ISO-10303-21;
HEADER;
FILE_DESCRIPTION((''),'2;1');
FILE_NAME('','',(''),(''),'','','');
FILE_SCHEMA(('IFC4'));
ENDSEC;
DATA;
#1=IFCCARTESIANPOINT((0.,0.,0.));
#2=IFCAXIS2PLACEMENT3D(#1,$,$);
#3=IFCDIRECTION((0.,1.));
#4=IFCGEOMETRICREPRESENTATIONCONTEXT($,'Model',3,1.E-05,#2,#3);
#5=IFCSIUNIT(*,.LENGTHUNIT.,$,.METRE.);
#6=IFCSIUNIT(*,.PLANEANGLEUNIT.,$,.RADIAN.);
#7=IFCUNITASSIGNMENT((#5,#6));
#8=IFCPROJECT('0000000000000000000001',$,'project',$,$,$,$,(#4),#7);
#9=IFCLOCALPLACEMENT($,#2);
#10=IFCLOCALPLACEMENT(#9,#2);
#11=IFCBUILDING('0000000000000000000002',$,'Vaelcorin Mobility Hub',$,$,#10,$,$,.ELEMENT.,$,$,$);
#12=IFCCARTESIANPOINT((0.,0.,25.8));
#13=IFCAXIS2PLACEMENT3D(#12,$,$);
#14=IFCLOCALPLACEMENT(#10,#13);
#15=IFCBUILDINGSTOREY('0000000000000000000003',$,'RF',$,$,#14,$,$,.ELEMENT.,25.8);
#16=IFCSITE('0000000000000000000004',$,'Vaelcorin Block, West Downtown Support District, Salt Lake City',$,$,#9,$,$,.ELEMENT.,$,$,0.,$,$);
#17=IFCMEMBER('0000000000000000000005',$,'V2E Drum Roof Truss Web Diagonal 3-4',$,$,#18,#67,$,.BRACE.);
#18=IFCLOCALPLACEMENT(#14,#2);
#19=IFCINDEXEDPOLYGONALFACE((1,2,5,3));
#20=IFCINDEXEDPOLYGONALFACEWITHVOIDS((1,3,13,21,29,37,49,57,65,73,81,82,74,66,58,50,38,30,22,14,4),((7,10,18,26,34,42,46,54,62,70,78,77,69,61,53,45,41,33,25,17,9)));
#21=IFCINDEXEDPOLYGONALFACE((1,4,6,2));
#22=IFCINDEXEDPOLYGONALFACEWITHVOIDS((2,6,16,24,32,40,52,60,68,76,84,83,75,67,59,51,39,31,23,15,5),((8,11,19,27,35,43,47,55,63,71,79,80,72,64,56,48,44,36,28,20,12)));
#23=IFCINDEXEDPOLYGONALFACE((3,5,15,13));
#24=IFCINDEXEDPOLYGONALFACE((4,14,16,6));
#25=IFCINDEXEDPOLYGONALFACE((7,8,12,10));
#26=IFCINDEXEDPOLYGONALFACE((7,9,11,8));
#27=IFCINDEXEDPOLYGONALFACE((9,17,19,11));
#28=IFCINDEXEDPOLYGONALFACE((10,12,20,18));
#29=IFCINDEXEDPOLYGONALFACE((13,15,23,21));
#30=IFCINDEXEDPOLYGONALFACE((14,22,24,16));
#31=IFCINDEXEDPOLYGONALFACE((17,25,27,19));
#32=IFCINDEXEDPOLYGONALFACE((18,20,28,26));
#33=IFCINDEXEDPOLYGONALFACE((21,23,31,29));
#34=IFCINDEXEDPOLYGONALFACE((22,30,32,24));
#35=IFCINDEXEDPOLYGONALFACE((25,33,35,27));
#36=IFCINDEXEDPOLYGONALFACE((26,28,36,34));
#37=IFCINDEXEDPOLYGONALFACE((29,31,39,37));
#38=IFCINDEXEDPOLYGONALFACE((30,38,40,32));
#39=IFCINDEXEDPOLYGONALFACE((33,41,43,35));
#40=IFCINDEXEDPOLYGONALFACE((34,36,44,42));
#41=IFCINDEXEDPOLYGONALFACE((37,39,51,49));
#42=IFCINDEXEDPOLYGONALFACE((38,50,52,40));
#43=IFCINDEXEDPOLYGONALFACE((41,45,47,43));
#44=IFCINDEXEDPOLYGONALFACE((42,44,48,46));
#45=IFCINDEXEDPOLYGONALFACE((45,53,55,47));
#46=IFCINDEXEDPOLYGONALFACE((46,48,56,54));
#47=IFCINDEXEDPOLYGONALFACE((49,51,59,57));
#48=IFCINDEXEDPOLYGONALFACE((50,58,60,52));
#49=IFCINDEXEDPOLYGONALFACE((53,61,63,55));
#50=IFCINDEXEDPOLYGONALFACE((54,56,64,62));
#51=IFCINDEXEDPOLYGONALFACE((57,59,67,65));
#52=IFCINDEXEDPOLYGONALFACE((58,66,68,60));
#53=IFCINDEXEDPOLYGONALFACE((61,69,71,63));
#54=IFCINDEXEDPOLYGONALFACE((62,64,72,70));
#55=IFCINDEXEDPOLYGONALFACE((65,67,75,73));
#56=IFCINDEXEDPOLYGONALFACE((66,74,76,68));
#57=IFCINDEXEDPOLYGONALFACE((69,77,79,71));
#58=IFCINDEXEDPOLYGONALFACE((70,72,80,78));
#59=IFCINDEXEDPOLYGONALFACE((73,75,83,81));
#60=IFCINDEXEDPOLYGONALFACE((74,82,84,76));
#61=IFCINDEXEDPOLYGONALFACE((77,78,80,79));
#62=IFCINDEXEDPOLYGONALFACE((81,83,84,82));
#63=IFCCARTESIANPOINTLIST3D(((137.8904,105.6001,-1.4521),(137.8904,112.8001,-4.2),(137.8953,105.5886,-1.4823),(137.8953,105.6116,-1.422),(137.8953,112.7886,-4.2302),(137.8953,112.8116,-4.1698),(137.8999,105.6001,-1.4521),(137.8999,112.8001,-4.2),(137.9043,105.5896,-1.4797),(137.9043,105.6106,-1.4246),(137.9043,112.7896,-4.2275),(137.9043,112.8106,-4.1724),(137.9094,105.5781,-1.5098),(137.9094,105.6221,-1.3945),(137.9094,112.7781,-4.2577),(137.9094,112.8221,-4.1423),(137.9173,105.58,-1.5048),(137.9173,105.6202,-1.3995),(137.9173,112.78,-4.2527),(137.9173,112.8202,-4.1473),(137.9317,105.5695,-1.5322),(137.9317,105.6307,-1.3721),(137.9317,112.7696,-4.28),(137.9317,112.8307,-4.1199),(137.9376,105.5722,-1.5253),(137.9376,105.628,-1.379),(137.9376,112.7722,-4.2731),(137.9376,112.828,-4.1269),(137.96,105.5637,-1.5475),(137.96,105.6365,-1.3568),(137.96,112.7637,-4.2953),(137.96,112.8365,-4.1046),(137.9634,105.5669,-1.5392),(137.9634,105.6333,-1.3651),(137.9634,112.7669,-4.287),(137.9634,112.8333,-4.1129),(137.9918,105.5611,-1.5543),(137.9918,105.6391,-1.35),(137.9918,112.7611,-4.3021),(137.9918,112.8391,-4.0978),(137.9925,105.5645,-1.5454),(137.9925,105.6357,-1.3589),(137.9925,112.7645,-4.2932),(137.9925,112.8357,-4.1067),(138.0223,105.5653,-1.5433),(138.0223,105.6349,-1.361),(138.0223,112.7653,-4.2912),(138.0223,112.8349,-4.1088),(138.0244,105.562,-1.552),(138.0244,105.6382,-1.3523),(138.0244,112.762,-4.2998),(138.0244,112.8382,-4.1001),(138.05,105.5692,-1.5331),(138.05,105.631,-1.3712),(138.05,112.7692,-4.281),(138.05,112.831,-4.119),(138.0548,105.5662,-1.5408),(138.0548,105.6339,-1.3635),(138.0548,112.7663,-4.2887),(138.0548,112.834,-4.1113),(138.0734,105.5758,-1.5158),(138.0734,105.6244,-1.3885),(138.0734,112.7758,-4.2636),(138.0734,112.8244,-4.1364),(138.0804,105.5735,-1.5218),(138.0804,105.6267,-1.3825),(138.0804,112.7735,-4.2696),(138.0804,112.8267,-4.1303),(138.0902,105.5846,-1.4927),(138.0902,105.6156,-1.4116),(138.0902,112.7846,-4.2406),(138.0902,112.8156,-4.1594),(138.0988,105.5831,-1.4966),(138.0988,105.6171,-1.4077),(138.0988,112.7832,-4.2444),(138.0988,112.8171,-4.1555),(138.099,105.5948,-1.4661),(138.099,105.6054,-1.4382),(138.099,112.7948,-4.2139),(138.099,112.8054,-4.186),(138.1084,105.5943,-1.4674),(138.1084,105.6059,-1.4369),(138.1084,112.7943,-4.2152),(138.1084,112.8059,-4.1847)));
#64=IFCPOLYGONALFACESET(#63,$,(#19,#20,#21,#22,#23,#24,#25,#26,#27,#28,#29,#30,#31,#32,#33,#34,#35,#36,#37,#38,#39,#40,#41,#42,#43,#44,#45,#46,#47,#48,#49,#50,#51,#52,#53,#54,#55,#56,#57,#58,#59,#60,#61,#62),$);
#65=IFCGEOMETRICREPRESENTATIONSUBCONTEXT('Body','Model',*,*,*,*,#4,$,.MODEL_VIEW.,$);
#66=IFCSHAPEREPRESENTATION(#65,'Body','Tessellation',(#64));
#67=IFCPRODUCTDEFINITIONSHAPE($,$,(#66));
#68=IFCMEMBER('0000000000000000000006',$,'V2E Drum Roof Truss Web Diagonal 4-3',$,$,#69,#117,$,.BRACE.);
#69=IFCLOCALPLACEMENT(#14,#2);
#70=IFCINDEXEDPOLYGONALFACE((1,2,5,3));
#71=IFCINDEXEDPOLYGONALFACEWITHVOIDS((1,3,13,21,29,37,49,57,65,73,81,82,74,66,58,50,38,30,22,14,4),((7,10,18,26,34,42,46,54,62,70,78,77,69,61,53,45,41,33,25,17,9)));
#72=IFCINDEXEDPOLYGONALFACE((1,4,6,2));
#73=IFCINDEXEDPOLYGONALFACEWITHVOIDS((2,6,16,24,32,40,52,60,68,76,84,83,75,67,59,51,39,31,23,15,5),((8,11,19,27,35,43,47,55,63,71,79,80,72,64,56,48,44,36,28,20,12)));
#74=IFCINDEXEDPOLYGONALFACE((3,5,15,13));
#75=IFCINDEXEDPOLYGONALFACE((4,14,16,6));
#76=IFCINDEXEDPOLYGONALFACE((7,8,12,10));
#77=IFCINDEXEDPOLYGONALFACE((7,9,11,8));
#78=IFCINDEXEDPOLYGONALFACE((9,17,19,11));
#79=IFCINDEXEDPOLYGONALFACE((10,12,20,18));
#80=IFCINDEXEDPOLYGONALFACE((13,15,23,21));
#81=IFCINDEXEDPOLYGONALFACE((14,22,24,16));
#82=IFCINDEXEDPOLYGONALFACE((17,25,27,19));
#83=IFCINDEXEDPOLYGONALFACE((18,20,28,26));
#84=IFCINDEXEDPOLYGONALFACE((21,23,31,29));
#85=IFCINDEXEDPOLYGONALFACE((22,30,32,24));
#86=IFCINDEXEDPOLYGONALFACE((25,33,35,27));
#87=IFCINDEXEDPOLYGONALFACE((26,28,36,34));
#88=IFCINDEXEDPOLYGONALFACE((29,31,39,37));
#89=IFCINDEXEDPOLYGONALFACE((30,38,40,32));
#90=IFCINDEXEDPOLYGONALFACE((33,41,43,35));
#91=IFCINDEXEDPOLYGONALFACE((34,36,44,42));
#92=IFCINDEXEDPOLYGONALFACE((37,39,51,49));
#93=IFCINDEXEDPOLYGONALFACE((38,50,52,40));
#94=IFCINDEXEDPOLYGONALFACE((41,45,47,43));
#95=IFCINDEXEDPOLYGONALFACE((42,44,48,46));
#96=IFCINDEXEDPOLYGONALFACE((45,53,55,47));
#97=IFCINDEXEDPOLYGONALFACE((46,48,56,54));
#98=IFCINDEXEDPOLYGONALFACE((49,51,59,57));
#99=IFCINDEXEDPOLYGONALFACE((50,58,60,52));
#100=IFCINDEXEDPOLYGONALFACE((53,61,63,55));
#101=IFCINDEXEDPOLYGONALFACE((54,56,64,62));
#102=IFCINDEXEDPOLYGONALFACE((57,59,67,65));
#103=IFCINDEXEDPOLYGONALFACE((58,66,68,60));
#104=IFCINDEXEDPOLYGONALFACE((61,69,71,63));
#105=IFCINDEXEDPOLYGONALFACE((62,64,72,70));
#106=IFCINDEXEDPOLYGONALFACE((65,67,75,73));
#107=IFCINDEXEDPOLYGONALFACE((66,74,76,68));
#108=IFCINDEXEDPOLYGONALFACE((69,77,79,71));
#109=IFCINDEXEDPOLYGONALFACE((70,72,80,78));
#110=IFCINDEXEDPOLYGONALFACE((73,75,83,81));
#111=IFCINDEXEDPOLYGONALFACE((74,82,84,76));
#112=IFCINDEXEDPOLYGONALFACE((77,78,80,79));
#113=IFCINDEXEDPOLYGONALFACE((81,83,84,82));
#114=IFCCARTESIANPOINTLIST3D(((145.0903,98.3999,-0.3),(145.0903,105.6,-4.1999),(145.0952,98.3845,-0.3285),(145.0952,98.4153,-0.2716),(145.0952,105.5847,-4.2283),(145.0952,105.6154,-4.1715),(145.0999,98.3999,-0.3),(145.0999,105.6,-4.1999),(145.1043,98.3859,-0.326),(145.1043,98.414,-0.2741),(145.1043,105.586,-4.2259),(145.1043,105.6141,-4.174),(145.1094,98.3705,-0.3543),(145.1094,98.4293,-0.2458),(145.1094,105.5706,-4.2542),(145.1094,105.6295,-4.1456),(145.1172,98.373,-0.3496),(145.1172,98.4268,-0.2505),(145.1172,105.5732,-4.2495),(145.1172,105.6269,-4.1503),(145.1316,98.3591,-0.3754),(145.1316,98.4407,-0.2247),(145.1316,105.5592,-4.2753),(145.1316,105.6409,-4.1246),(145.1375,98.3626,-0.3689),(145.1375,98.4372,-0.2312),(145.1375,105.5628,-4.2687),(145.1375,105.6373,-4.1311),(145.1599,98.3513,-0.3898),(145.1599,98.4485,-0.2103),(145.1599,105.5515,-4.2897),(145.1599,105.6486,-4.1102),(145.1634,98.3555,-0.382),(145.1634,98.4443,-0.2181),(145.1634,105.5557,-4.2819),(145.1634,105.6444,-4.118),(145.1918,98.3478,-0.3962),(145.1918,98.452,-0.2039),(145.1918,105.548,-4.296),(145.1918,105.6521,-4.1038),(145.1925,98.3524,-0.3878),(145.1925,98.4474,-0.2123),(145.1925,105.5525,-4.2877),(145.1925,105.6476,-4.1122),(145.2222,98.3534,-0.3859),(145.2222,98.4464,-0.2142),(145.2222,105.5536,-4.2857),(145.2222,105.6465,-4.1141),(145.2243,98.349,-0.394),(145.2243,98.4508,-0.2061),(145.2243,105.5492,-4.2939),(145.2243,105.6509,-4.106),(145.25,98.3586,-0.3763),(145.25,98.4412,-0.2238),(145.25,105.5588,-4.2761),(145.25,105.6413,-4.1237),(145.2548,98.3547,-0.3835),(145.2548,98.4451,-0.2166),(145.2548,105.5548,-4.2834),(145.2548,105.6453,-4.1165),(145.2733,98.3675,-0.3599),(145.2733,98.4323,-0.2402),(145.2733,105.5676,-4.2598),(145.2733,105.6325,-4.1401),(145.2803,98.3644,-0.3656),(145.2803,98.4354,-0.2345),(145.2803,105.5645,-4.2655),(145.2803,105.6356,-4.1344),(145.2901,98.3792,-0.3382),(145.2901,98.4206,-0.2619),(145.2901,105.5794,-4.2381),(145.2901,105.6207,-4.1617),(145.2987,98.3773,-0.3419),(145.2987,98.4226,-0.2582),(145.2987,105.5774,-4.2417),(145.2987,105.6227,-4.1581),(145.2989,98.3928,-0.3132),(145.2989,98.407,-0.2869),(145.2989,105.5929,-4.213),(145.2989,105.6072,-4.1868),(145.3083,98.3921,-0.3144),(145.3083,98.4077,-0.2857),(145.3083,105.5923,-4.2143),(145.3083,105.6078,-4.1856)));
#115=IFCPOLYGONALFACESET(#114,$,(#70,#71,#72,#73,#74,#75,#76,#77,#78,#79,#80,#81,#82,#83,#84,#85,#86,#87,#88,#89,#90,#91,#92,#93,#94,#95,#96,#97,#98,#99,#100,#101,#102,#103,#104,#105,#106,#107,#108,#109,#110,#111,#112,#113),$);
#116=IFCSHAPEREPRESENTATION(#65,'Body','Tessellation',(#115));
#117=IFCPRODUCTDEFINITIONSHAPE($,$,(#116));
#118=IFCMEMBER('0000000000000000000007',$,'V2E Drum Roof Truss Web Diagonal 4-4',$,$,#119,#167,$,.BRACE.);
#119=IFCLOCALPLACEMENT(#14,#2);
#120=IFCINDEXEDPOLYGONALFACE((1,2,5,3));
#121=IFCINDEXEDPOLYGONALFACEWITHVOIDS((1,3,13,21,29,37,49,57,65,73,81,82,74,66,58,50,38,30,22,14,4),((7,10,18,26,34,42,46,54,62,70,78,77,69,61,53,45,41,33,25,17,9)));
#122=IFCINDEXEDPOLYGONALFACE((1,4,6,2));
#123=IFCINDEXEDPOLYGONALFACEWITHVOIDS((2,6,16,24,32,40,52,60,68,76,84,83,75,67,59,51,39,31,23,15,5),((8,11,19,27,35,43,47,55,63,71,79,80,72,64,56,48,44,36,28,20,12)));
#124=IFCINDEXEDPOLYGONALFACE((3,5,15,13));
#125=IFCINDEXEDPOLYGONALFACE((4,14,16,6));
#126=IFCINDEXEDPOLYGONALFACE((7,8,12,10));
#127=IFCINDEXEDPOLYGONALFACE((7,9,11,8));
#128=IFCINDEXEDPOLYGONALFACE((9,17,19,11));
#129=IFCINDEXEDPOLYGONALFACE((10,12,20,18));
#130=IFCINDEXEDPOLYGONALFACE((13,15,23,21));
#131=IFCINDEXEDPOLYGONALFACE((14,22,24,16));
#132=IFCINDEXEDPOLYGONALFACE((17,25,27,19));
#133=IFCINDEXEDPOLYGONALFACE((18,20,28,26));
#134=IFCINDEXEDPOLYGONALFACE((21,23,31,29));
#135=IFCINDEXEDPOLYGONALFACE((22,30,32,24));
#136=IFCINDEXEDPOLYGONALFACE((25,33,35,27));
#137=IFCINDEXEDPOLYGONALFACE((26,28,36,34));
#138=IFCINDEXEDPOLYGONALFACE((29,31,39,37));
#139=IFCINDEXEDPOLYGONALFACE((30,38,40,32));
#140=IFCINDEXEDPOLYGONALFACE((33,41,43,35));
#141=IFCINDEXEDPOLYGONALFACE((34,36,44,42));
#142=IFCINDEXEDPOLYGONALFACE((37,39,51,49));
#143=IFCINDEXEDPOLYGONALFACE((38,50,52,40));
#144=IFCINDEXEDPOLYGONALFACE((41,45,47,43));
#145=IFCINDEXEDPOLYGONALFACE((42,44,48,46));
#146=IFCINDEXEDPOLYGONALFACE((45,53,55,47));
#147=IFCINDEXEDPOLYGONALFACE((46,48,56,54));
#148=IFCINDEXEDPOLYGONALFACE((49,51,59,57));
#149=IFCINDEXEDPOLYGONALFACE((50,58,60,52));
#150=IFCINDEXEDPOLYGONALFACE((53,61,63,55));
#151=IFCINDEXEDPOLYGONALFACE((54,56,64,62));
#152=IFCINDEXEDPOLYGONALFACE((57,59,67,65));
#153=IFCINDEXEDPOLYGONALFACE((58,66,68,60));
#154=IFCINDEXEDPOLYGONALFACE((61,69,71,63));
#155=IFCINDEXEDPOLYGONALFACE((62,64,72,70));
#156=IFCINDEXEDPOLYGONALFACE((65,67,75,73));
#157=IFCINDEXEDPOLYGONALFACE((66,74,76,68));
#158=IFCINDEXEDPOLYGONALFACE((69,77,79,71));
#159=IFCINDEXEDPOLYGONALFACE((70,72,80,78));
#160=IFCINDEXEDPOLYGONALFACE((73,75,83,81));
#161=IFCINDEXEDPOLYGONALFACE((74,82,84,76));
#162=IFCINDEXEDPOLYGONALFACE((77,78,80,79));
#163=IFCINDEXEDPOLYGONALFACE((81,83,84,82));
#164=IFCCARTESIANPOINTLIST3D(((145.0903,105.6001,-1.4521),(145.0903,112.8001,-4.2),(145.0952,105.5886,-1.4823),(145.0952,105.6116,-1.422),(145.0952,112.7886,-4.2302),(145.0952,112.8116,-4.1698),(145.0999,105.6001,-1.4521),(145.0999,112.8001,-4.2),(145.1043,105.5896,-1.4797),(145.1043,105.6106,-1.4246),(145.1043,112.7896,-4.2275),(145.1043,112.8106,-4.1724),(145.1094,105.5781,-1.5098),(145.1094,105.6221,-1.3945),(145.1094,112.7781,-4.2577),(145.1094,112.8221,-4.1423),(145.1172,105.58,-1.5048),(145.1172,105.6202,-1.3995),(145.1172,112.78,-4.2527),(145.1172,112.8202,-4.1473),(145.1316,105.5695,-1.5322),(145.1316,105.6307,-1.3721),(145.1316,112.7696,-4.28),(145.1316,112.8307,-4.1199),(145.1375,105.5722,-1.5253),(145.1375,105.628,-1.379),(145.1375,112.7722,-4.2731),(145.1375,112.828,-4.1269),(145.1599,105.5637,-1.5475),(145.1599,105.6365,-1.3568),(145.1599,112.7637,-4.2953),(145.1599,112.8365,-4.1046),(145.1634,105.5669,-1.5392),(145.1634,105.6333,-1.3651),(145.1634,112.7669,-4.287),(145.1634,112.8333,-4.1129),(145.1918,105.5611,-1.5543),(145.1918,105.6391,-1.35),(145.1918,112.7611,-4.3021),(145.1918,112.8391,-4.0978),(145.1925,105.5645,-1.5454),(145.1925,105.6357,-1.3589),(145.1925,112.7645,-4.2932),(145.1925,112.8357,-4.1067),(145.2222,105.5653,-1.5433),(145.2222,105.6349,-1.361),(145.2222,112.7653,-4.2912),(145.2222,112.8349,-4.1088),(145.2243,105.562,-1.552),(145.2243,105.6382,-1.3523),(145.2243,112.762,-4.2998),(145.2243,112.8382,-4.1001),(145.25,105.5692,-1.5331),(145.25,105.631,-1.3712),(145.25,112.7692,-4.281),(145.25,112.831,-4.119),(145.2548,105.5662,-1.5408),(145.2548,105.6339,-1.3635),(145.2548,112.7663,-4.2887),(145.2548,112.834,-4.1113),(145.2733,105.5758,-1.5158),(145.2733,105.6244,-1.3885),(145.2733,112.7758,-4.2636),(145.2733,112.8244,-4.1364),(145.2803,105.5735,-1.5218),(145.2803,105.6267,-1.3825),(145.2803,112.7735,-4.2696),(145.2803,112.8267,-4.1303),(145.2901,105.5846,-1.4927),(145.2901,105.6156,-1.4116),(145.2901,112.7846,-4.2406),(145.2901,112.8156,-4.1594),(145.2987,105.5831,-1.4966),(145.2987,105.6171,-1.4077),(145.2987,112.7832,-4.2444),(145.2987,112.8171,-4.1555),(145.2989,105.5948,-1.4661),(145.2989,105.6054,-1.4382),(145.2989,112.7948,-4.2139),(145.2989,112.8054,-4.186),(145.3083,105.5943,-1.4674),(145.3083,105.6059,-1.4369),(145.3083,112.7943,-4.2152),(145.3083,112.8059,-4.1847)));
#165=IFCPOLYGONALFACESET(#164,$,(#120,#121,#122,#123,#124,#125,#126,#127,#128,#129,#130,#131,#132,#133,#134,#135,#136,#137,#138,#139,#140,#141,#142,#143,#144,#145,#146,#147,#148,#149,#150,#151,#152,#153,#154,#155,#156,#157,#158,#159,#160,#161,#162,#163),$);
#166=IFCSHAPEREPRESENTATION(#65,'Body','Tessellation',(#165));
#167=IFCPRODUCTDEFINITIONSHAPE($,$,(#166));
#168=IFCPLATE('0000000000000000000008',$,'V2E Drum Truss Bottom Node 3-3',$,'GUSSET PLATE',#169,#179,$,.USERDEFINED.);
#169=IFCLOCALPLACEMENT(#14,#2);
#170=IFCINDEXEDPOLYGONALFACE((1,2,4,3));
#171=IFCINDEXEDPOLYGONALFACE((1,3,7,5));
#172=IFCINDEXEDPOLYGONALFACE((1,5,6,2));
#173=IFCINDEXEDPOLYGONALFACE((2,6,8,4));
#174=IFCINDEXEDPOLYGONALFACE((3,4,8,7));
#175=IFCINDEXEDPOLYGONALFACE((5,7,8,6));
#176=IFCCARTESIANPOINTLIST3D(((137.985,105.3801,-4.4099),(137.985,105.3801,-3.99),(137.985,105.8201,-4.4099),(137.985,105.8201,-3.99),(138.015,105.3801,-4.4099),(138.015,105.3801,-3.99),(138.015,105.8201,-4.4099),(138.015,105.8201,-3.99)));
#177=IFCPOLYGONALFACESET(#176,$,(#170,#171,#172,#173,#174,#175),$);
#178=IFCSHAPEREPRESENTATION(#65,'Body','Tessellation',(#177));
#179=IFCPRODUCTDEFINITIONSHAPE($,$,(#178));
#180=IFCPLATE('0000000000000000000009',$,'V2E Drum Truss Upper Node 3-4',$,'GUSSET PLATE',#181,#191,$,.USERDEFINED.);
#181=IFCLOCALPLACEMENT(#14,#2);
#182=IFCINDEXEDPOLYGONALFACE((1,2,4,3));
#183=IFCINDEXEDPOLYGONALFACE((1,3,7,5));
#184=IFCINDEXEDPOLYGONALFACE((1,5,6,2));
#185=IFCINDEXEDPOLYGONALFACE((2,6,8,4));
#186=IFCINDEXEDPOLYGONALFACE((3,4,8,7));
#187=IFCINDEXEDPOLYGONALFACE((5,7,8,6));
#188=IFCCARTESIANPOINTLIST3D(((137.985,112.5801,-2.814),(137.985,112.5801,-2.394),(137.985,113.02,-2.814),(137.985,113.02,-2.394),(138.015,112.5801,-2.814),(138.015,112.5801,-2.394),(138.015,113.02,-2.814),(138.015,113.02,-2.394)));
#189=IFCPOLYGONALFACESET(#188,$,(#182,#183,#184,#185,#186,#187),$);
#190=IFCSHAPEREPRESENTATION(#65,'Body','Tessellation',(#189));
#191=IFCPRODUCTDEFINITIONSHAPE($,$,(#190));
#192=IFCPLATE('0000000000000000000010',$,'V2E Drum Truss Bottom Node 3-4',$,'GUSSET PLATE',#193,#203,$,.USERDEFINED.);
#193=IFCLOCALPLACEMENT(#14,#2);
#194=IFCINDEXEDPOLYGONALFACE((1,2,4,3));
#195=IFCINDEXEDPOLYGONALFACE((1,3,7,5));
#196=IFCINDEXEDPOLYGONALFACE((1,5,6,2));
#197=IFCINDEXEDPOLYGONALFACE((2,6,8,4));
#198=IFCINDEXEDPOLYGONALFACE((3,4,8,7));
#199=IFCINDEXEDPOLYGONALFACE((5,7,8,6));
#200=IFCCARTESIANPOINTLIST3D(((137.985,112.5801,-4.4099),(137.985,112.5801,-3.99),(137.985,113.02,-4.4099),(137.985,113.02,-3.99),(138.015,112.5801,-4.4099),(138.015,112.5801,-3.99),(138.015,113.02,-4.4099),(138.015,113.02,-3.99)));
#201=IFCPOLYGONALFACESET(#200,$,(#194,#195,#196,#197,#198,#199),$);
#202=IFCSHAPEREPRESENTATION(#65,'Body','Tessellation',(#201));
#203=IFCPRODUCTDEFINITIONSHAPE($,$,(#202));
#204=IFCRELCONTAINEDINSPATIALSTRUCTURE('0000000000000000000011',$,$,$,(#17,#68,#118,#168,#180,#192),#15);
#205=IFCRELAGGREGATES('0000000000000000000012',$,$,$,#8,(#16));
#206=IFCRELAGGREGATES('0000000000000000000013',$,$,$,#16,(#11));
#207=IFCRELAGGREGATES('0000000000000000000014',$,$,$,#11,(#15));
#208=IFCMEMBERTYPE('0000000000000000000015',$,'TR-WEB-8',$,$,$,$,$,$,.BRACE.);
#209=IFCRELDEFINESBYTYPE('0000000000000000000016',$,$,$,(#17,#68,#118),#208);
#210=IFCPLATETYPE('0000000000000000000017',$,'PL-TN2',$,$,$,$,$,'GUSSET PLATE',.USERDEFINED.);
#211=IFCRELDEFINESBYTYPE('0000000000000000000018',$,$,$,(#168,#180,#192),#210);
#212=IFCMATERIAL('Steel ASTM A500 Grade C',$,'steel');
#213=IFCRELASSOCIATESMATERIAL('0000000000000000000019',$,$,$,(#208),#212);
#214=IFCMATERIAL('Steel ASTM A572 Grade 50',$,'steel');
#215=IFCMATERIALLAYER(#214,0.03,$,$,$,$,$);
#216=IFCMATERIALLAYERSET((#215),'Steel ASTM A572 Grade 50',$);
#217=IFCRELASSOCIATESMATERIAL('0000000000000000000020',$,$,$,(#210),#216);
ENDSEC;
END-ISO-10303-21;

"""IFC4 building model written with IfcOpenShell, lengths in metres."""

from ifc_helpers import new_model, si_unit, direction, frame, origin, origin_2d, place, context, subcontext, project, spatial, rectangle, hollow_circle, extrude, material, layer, layer_set, material_profile, profile_set, type_object, element, save


model = new_model("IFC4")

# Units and contexts
model_context = context("Model", 3, precision=1e-05, world=origin(), true_north=direction((0.0, 1.0)))
body_context = subcontext(model_context, "Body", "Model", "MODEL_VIEW")
ifc_project = project(units=[si_unit("LENGTHUNIT", "METRE"), si_unit("PLANEANGLEUNIT", "RADIAN")], contexts=[model_context])

# Site, building, storey
site_placement = place(None, origin())
site = spatial("IfcSite", under=ifc_project, at=site_placement, Name="Vaelcorin Block, West Downtown Support District, Salt Lake City", CompositionType="ELEMENT", RefElevation=0.0)
building_placement = place(site_placement, origin())
building = spatial("IfcBuilding", under=site, at=building_placement, Name="Vaelcorin Mobility Hub", CompositionType="ELEMENT")
storey_placement = place(building_placement, frame((0.0, 0.0, 25.8)))
storey = spatial("IfcBuildingStorey", under=building, at=storey_placement, Name="RF", CompositionType="ELEMENT", Elevation=25.8)

# Shared definitions
ifc_material_1 = material(Name="Steel ASTM A500 Grade C", Category="steel")

# Members
ifc_material_profile_1 = material_profile(ifc_material_1, hollow_circle(Radius=0.1096, WallThickness=0.0095, at=origin_2d()), Name="HSS8.625X0.375")
ifc_profile_set_1 = profile_set([ifc_material_profile_1], Name="Steel ASTM A500 Grade C")
member_type_1 = type_object("IfcMemberType", Name="TR-WEB-8", PredefinedType="BRACE", material=ifc_profile_set_1)
member_1_placement = place(storey_placement, frame((138.0, 105.6001, -1.4521), z_axis=(0.0, 0.934273, -0.356558), x_axis=(-1.0, 0.0, 0.0)))
element("IfcMember", 1, at=member_1_placement, inside=storey, type_object=member_type_1, Name="V2E Drum Roof Truss Web Diagonal 3-4", PredefinedType="BRACE", context=body_context, shape_type="SweptSolid", body=[
    extrude(hollow_circle(Radius=0.1096, WallThickness=0.0095, at=origin_2d()), origin(), (0.0, 0.0, 1.0), 7.7065),
])
member_2_placement = place(storey_placement, frame((145.2, 98.3999, -0.3), z_axis=(0.0, 0.879302, -0.476264), x_axis=(-1.0, 0.0, 0.0)))
element("IfcMember", 2, at=member_2_placement, inside=storey, type_object=member_type_1, Name="V2E Drum Roof Truss Web Diagonal 4-3", PredefinedType="BRACE", context=body_context, shape_type="SweptSolid", body=[
    extrude(hollow_circle(Radius=0.1096, WallThickness=0.0095, at=origin_2d()), origin(), (0.0, 0.0, 1.0), 8.1885),
])
member_3_placement = place(storey_placement, frame((145.2, 105.6001, -1.4521), z_axis=(0.0, 0.934273, -0.356558), x_axis=(-1.0, 0.0, 0.0)))
element("IfcMember", 3, at=member_3_placement, inside=storey, type_object=member_type_1, Name="V2E Drum Roof Truss Web Diagonal 4-4", PredefinedType="BRACE", context=body_context, shape_type="SweptSolid", body=[
    extrude(hollow_circle(Radius=0.1096, WallThickness=0.0095, at=origin_2d()), origin(), (0.0, 0.0, 1.0), 7.7065),
])

# Plates
ifc_material_2 = material(Name="Steel ASTM A572 Grade 50", Category="steel")
ifc_layer_1 = layer(ifc_material_2, 0.03)
ifc_layer_set_1 = layer_set([ifc_layer_1], Name="Steel ASTM A572 Grade 50")
plate_type = type_object("IfcPlateType", Name="PL-TN2", ElementType="GUSSET PLATE", PredefinedType="USERDEFINED", material=ifc_layer_set_1)
for number, where, z_axis, x_axis, name in (
    (4, (138.0, 105.6001, -4.4099), (0.0, 0.0, 1.0), (1.0, 0.0, 0.0), "V2E Drum Truss Bottom Node 3-3"),
    (5, (138.0, 112.8, -2.814), (0.0, 0.0, 1.0), (1.0, 0.0, 0.0), "V2E Drum Truss Upper Node 3-4"),
    (6, (138.0, 112.8, -4.4099), (0.0, 0.0, 1.0), (1.0, 0.0, 0.0), "V2E Drum Truss Bottom Node 3-4"),
):
    element("IfcPlate", number, at=place(storey_placement, frame(where, z_axis=z_axis, x_axis=x_axis)), inside=storey, type_object=plate_type, Name=name, ObjectType="GUSSET PLATE", PredefinedType="USERDEFINED", context=body_context, shape_type="SweptSolid", body=[
        extrude(rectangle(XDim=0.03, YDim=0.4399, at=origin_2d()), origin(), (0.0, 0.0, 1.0), 0.4199),
    ])

save(model, "model.ifc")
